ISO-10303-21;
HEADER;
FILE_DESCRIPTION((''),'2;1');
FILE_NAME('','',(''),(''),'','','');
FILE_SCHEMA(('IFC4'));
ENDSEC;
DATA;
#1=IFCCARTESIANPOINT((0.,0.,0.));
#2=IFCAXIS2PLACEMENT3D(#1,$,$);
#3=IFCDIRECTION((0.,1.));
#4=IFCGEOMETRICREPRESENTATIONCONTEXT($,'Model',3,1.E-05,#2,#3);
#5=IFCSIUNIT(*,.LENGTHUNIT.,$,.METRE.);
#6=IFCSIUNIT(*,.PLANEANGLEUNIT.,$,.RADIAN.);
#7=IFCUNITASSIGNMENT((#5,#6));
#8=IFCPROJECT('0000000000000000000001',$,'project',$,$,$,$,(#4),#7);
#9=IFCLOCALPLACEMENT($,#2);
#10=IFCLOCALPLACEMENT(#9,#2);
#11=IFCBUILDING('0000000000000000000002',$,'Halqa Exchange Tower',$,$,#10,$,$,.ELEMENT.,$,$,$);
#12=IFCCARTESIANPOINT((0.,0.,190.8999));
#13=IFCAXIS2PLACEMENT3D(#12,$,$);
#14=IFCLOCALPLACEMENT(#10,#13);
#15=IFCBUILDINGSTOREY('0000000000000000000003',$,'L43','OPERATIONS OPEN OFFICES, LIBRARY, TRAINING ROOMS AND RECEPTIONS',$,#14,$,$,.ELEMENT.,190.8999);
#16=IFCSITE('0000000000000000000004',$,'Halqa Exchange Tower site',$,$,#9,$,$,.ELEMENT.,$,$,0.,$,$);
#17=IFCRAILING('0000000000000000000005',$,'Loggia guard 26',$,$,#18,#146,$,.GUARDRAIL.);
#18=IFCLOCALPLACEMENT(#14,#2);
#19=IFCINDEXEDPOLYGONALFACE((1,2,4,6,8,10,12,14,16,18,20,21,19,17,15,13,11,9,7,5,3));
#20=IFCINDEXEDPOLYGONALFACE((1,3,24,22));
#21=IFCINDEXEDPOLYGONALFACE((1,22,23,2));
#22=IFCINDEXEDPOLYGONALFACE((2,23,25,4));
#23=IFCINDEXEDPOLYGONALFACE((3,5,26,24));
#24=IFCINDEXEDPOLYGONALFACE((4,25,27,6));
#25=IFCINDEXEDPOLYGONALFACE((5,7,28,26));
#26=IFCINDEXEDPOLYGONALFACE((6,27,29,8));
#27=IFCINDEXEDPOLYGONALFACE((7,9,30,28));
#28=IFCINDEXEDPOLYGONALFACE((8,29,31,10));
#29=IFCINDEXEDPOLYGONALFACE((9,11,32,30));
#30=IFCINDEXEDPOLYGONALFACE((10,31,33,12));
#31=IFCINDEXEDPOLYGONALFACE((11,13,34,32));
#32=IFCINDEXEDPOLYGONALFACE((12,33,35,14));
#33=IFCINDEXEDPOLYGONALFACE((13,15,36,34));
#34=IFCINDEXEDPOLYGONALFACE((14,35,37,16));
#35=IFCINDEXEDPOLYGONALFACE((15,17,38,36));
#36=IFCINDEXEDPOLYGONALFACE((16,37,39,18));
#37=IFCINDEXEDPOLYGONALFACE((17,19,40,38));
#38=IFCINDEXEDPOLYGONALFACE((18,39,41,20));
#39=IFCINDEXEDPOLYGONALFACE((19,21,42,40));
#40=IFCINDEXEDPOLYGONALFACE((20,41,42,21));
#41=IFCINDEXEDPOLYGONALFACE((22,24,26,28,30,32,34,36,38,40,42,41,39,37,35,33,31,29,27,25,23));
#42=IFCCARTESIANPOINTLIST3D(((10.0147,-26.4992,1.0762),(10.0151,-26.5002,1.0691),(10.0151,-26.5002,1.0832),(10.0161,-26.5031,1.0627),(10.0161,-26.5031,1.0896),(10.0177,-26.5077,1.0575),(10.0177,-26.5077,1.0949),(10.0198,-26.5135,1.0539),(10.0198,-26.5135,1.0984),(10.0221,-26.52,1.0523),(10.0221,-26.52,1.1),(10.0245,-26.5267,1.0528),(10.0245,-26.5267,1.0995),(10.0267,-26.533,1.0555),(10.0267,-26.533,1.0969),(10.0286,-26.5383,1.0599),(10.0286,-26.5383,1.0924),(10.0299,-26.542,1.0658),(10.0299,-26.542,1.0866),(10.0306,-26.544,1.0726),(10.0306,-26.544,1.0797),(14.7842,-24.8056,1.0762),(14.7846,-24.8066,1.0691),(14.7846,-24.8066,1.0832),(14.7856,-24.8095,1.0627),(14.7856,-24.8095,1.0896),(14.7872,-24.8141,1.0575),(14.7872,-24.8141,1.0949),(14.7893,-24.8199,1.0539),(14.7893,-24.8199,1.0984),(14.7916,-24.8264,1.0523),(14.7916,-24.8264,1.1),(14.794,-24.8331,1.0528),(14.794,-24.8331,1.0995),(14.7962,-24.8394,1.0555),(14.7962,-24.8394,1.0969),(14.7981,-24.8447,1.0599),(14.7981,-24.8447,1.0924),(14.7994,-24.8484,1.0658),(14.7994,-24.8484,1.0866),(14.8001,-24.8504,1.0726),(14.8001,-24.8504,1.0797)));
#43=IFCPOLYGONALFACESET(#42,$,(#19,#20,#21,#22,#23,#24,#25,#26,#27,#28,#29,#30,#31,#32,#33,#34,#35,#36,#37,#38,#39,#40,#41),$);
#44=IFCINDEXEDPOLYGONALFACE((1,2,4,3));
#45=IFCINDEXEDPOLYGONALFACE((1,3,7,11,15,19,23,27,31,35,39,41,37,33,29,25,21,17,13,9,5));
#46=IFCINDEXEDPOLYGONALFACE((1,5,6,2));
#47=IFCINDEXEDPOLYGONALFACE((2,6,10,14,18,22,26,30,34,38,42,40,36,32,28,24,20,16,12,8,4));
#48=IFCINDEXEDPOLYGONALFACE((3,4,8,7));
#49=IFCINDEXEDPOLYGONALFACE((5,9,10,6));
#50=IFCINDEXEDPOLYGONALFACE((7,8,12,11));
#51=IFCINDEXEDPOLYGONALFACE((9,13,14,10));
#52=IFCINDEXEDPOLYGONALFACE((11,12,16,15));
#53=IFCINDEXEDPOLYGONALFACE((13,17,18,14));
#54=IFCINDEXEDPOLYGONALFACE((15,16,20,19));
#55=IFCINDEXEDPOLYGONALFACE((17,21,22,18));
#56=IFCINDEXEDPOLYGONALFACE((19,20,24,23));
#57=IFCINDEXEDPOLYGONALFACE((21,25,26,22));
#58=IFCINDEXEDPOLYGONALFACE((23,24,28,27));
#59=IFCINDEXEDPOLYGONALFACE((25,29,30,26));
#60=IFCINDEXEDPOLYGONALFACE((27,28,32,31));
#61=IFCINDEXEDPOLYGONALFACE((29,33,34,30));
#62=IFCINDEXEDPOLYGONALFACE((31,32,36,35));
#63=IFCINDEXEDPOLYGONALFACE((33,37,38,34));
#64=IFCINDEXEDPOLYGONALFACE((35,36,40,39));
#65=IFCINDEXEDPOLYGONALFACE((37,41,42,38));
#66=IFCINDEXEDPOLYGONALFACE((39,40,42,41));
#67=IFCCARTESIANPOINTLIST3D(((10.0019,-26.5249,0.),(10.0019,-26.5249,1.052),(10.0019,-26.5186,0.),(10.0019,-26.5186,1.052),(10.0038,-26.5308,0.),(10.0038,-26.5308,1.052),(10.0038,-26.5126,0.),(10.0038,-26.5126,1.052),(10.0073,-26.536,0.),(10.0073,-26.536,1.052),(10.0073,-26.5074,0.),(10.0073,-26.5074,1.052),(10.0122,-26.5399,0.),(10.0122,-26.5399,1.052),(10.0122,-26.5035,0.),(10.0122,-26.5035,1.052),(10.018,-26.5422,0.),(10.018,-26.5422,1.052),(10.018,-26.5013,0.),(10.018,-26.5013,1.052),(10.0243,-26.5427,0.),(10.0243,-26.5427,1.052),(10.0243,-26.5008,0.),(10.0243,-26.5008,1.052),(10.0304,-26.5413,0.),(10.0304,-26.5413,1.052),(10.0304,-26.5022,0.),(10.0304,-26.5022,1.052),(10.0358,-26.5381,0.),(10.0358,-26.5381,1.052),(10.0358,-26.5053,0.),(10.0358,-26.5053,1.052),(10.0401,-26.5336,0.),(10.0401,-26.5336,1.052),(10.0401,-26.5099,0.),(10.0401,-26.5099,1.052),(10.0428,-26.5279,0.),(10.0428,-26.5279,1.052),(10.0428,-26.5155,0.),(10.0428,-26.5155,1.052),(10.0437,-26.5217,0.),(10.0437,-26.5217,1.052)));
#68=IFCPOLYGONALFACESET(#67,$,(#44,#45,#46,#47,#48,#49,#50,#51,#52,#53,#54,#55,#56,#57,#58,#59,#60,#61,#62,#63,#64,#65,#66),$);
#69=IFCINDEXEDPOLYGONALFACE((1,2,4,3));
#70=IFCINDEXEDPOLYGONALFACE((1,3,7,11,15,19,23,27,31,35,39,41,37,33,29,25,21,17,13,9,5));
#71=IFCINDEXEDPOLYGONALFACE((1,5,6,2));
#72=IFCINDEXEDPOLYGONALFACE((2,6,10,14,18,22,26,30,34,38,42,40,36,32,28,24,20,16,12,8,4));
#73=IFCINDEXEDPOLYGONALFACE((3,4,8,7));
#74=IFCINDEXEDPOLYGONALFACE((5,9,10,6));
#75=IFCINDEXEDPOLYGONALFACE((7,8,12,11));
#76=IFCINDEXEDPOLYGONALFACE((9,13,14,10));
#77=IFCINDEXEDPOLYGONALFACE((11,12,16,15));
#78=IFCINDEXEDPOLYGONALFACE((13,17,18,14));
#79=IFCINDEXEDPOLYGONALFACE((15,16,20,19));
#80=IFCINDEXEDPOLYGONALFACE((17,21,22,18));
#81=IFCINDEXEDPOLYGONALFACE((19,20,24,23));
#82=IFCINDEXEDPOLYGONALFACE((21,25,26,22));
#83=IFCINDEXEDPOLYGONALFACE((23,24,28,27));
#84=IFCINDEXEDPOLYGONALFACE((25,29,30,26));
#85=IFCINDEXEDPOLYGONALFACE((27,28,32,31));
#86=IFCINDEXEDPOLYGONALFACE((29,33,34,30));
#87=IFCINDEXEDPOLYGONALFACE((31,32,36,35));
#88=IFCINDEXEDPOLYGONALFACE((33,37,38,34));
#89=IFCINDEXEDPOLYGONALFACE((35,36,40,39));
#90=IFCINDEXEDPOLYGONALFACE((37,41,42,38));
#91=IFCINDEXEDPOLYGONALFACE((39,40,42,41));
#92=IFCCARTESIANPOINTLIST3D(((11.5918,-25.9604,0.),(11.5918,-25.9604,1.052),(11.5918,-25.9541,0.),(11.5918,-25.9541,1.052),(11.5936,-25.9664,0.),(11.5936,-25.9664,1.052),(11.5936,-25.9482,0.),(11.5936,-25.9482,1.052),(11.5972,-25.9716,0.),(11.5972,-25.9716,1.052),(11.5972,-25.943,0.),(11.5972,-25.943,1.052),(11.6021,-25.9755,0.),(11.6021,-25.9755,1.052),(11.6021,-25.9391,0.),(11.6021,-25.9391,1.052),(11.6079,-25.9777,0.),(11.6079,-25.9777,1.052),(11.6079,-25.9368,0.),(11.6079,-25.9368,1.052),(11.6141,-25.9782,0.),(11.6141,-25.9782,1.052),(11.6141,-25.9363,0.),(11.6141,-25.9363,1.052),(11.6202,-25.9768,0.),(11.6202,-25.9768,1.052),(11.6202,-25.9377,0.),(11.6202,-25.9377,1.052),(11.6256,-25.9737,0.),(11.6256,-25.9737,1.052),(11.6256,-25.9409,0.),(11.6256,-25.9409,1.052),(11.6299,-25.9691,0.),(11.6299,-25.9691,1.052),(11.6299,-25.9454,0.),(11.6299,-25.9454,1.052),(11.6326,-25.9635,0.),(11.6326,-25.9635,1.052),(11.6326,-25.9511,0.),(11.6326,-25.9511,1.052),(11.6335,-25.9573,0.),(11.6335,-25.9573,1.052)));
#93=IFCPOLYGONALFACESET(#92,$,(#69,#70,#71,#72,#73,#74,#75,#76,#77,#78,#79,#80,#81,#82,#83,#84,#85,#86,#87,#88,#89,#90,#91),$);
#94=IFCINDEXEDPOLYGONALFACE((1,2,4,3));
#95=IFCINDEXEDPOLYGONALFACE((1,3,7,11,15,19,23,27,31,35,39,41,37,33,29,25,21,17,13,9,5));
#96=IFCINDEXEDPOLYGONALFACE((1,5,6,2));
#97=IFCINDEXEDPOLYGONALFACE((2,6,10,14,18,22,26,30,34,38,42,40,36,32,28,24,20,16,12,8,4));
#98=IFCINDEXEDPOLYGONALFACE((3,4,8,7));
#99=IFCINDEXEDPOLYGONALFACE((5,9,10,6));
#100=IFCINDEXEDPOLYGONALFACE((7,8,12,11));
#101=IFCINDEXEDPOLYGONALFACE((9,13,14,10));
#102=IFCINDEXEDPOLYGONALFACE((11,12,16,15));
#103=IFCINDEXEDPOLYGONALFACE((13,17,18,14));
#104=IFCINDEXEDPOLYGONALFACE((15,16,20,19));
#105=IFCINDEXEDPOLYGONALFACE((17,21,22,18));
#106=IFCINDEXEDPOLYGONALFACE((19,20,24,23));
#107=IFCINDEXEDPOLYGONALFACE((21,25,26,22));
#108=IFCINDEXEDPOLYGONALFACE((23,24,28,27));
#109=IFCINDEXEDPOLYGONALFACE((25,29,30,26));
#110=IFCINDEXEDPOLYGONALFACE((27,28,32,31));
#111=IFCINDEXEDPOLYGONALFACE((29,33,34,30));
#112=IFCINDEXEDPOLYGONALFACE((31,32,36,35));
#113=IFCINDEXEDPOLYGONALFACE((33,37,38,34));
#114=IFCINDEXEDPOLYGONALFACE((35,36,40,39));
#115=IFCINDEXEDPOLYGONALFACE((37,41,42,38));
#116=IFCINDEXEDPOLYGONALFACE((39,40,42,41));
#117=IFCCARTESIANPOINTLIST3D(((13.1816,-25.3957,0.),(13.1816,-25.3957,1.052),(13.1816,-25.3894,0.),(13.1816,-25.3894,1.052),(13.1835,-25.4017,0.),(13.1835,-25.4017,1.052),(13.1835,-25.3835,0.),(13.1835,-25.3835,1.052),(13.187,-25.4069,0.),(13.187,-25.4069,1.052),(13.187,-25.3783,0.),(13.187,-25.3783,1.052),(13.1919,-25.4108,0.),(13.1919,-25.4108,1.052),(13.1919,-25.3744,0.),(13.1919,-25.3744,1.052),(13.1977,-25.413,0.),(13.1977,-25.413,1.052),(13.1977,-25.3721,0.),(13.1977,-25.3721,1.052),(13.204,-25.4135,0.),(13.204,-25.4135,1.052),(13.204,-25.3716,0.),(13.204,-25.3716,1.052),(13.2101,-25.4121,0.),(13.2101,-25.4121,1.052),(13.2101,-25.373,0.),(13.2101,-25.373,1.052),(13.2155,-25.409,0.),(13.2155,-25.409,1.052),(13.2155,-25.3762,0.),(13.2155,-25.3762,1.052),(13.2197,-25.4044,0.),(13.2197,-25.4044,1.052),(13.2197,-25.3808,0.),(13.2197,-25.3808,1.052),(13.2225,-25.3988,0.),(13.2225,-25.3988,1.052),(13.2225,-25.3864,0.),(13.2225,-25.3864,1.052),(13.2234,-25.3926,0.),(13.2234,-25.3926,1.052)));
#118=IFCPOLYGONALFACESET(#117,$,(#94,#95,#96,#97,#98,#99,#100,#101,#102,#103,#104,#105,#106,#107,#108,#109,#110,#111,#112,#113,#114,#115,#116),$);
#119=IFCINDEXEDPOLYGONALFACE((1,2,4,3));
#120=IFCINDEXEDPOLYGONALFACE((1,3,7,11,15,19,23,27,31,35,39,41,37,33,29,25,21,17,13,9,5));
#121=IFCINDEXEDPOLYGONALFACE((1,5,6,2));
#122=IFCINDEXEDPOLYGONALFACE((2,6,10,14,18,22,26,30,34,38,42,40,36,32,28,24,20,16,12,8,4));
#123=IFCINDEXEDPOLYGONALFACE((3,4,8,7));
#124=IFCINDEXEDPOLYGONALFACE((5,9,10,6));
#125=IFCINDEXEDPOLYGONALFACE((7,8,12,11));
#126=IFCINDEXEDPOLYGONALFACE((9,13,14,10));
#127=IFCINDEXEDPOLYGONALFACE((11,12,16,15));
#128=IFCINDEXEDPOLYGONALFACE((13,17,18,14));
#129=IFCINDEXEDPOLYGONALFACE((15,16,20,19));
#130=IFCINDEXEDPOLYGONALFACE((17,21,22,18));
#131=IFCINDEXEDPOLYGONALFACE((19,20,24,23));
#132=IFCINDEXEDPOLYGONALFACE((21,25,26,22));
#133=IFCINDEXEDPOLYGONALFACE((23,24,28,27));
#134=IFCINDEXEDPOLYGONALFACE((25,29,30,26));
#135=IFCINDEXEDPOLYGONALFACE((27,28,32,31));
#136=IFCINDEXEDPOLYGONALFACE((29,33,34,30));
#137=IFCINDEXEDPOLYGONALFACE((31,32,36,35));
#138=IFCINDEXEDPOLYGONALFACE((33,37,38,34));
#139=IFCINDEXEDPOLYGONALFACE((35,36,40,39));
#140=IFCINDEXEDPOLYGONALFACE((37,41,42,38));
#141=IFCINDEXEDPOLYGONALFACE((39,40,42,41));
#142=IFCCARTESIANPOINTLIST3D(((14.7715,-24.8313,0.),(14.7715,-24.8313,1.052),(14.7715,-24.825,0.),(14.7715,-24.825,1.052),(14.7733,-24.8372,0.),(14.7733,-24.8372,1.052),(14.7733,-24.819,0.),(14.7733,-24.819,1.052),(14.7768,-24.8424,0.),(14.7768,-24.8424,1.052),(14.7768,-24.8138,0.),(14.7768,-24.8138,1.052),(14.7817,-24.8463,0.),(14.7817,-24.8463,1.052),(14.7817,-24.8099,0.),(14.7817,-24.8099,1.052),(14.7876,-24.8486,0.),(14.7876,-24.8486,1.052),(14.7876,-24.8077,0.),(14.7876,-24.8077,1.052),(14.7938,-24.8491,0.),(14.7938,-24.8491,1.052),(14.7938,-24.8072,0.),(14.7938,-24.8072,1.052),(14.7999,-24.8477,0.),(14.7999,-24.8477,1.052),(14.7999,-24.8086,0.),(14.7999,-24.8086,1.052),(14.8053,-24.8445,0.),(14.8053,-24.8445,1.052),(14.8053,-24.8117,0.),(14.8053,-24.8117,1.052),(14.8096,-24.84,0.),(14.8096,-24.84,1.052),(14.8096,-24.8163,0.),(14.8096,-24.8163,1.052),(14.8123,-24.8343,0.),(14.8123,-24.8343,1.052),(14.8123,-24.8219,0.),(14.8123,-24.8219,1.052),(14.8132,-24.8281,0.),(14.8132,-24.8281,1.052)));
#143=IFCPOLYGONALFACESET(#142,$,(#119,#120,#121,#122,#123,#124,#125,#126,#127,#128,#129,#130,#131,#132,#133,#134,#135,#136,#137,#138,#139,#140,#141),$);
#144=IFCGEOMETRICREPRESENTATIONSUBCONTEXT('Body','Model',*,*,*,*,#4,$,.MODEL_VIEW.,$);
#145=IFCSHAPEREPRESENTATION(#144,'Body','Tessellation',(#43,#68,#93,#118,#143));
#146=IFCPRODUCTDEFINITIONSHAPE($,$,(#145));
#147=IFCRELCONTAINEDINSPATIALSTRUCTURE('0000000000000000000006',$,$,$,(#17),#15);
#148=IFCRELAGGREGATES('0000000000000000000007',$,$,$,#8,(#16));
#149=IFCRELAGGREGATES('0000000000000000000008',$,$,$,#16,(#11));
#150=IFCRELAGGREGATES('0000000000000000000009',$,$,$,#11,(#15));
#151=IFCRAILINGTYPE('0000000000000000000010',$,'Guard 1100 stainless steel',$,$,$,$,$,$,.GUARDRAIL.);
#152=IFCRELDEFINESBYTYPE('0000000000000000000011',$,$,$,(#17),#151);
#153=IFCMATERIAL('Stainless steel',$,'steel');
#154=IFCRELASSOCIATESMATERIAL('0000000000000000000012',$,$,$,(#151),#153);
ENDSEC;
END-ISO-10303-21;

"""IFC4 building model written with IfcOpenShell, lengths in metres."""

from ifc_helpers import new_model, si_unit, direction, frame, origin, origin_2d, place, context, subcontext, project, spatial, circle, extrude, material, type_object, element, save


model = new_model("IFC4")

# Units and contexts
model_context = context("Model", 3, precision=1e-05, world=origin(), true_north=direction((0.0, 1.0)))
body_context = subcontext(model_context, "Body", "Model", "MODEL_VIEW")
ifc_project = project(units=[si_unit("LENGTHUNIT", "METRE"), si_unit("PLANEANGLEUNIT", "RADIAN")], contexts=[model_context])

# Site, building, storey
site_placement = place(None, origin())
site = spatial("IfcSite", under=ifc_project, at=site_placement, Name="Halqa Exchange Tower site", CompositionType="ELEMENT", RefElevation=0.0)
building_placement = place(site_placement, origin())
building = spatial("IfcBuilding", under=site, at=building_placement, Name="Halqa Exchange Tower", CompositionType="ELEMENT")
storey_placement = place(building_placement, frame((0.0, 0.0, 190.8999)))
storey = spatial("IfcBuildingStorey", under=building, at=storey_placement, Name="L43", Description="OPERATIONS OPEN OFFICES, LIBRARY, TRAINING ROOMS AND RECEPTIONS", CompositionType="ELEMENT", Elevation=190.8999)

# Railing
ifc_material_1 = material(Name="Stainless steel", Category="steel")
railing_type = type_object("IfcRailingType", Name="Guard 1100 stainless steel", PredefinedType="GUARDRAIL", material=ifc_material_1)
railing_1_placement = place(storey_placement, frame((10.0227, -26.5217, 0.0)))
element("IfcRailing", 1, at=railing_1_placement, inside=storey, type_object=railing_type, Name="Loggia guard 26", PredefinedType="GUARDRAIL", context=body_context, shape_type="SweptSolid", body=[
    extrude(circle(Radius=0.0239, at=origin_2d()), frame((0.0, 0.0, 1.0762), z_axis=(0.942354, 0.334619, 0.0), x_axis=(-0.334619, 0.942354, 0.0)), (0.0, 0.0, 1.0), 5.0613),
    extrude(circle(Radius=0.021, at=origin_2d()), origin(), (0.0, 0.0, 1.0), 1.052),
    extrude(circle(Radius=0.021, at=origin_2d()), frame((1.5898, 0.5645, 0.0)), (0.0, 0.0, 1.0), 1.052),
    extrude(circle(Radius=0.021, at=origin_2d()), frame((3.1797, 1.1292, 0.0)), (0.0, 0.0, 1.0), 1.052),
    extrude(circle(Radius=0.021, at=origin_2d()), frame((4.7695, 1.6936, 0.0)), (0.0, 0.0, 1.0), 1.052),
])

save(model, "model.ifc")
